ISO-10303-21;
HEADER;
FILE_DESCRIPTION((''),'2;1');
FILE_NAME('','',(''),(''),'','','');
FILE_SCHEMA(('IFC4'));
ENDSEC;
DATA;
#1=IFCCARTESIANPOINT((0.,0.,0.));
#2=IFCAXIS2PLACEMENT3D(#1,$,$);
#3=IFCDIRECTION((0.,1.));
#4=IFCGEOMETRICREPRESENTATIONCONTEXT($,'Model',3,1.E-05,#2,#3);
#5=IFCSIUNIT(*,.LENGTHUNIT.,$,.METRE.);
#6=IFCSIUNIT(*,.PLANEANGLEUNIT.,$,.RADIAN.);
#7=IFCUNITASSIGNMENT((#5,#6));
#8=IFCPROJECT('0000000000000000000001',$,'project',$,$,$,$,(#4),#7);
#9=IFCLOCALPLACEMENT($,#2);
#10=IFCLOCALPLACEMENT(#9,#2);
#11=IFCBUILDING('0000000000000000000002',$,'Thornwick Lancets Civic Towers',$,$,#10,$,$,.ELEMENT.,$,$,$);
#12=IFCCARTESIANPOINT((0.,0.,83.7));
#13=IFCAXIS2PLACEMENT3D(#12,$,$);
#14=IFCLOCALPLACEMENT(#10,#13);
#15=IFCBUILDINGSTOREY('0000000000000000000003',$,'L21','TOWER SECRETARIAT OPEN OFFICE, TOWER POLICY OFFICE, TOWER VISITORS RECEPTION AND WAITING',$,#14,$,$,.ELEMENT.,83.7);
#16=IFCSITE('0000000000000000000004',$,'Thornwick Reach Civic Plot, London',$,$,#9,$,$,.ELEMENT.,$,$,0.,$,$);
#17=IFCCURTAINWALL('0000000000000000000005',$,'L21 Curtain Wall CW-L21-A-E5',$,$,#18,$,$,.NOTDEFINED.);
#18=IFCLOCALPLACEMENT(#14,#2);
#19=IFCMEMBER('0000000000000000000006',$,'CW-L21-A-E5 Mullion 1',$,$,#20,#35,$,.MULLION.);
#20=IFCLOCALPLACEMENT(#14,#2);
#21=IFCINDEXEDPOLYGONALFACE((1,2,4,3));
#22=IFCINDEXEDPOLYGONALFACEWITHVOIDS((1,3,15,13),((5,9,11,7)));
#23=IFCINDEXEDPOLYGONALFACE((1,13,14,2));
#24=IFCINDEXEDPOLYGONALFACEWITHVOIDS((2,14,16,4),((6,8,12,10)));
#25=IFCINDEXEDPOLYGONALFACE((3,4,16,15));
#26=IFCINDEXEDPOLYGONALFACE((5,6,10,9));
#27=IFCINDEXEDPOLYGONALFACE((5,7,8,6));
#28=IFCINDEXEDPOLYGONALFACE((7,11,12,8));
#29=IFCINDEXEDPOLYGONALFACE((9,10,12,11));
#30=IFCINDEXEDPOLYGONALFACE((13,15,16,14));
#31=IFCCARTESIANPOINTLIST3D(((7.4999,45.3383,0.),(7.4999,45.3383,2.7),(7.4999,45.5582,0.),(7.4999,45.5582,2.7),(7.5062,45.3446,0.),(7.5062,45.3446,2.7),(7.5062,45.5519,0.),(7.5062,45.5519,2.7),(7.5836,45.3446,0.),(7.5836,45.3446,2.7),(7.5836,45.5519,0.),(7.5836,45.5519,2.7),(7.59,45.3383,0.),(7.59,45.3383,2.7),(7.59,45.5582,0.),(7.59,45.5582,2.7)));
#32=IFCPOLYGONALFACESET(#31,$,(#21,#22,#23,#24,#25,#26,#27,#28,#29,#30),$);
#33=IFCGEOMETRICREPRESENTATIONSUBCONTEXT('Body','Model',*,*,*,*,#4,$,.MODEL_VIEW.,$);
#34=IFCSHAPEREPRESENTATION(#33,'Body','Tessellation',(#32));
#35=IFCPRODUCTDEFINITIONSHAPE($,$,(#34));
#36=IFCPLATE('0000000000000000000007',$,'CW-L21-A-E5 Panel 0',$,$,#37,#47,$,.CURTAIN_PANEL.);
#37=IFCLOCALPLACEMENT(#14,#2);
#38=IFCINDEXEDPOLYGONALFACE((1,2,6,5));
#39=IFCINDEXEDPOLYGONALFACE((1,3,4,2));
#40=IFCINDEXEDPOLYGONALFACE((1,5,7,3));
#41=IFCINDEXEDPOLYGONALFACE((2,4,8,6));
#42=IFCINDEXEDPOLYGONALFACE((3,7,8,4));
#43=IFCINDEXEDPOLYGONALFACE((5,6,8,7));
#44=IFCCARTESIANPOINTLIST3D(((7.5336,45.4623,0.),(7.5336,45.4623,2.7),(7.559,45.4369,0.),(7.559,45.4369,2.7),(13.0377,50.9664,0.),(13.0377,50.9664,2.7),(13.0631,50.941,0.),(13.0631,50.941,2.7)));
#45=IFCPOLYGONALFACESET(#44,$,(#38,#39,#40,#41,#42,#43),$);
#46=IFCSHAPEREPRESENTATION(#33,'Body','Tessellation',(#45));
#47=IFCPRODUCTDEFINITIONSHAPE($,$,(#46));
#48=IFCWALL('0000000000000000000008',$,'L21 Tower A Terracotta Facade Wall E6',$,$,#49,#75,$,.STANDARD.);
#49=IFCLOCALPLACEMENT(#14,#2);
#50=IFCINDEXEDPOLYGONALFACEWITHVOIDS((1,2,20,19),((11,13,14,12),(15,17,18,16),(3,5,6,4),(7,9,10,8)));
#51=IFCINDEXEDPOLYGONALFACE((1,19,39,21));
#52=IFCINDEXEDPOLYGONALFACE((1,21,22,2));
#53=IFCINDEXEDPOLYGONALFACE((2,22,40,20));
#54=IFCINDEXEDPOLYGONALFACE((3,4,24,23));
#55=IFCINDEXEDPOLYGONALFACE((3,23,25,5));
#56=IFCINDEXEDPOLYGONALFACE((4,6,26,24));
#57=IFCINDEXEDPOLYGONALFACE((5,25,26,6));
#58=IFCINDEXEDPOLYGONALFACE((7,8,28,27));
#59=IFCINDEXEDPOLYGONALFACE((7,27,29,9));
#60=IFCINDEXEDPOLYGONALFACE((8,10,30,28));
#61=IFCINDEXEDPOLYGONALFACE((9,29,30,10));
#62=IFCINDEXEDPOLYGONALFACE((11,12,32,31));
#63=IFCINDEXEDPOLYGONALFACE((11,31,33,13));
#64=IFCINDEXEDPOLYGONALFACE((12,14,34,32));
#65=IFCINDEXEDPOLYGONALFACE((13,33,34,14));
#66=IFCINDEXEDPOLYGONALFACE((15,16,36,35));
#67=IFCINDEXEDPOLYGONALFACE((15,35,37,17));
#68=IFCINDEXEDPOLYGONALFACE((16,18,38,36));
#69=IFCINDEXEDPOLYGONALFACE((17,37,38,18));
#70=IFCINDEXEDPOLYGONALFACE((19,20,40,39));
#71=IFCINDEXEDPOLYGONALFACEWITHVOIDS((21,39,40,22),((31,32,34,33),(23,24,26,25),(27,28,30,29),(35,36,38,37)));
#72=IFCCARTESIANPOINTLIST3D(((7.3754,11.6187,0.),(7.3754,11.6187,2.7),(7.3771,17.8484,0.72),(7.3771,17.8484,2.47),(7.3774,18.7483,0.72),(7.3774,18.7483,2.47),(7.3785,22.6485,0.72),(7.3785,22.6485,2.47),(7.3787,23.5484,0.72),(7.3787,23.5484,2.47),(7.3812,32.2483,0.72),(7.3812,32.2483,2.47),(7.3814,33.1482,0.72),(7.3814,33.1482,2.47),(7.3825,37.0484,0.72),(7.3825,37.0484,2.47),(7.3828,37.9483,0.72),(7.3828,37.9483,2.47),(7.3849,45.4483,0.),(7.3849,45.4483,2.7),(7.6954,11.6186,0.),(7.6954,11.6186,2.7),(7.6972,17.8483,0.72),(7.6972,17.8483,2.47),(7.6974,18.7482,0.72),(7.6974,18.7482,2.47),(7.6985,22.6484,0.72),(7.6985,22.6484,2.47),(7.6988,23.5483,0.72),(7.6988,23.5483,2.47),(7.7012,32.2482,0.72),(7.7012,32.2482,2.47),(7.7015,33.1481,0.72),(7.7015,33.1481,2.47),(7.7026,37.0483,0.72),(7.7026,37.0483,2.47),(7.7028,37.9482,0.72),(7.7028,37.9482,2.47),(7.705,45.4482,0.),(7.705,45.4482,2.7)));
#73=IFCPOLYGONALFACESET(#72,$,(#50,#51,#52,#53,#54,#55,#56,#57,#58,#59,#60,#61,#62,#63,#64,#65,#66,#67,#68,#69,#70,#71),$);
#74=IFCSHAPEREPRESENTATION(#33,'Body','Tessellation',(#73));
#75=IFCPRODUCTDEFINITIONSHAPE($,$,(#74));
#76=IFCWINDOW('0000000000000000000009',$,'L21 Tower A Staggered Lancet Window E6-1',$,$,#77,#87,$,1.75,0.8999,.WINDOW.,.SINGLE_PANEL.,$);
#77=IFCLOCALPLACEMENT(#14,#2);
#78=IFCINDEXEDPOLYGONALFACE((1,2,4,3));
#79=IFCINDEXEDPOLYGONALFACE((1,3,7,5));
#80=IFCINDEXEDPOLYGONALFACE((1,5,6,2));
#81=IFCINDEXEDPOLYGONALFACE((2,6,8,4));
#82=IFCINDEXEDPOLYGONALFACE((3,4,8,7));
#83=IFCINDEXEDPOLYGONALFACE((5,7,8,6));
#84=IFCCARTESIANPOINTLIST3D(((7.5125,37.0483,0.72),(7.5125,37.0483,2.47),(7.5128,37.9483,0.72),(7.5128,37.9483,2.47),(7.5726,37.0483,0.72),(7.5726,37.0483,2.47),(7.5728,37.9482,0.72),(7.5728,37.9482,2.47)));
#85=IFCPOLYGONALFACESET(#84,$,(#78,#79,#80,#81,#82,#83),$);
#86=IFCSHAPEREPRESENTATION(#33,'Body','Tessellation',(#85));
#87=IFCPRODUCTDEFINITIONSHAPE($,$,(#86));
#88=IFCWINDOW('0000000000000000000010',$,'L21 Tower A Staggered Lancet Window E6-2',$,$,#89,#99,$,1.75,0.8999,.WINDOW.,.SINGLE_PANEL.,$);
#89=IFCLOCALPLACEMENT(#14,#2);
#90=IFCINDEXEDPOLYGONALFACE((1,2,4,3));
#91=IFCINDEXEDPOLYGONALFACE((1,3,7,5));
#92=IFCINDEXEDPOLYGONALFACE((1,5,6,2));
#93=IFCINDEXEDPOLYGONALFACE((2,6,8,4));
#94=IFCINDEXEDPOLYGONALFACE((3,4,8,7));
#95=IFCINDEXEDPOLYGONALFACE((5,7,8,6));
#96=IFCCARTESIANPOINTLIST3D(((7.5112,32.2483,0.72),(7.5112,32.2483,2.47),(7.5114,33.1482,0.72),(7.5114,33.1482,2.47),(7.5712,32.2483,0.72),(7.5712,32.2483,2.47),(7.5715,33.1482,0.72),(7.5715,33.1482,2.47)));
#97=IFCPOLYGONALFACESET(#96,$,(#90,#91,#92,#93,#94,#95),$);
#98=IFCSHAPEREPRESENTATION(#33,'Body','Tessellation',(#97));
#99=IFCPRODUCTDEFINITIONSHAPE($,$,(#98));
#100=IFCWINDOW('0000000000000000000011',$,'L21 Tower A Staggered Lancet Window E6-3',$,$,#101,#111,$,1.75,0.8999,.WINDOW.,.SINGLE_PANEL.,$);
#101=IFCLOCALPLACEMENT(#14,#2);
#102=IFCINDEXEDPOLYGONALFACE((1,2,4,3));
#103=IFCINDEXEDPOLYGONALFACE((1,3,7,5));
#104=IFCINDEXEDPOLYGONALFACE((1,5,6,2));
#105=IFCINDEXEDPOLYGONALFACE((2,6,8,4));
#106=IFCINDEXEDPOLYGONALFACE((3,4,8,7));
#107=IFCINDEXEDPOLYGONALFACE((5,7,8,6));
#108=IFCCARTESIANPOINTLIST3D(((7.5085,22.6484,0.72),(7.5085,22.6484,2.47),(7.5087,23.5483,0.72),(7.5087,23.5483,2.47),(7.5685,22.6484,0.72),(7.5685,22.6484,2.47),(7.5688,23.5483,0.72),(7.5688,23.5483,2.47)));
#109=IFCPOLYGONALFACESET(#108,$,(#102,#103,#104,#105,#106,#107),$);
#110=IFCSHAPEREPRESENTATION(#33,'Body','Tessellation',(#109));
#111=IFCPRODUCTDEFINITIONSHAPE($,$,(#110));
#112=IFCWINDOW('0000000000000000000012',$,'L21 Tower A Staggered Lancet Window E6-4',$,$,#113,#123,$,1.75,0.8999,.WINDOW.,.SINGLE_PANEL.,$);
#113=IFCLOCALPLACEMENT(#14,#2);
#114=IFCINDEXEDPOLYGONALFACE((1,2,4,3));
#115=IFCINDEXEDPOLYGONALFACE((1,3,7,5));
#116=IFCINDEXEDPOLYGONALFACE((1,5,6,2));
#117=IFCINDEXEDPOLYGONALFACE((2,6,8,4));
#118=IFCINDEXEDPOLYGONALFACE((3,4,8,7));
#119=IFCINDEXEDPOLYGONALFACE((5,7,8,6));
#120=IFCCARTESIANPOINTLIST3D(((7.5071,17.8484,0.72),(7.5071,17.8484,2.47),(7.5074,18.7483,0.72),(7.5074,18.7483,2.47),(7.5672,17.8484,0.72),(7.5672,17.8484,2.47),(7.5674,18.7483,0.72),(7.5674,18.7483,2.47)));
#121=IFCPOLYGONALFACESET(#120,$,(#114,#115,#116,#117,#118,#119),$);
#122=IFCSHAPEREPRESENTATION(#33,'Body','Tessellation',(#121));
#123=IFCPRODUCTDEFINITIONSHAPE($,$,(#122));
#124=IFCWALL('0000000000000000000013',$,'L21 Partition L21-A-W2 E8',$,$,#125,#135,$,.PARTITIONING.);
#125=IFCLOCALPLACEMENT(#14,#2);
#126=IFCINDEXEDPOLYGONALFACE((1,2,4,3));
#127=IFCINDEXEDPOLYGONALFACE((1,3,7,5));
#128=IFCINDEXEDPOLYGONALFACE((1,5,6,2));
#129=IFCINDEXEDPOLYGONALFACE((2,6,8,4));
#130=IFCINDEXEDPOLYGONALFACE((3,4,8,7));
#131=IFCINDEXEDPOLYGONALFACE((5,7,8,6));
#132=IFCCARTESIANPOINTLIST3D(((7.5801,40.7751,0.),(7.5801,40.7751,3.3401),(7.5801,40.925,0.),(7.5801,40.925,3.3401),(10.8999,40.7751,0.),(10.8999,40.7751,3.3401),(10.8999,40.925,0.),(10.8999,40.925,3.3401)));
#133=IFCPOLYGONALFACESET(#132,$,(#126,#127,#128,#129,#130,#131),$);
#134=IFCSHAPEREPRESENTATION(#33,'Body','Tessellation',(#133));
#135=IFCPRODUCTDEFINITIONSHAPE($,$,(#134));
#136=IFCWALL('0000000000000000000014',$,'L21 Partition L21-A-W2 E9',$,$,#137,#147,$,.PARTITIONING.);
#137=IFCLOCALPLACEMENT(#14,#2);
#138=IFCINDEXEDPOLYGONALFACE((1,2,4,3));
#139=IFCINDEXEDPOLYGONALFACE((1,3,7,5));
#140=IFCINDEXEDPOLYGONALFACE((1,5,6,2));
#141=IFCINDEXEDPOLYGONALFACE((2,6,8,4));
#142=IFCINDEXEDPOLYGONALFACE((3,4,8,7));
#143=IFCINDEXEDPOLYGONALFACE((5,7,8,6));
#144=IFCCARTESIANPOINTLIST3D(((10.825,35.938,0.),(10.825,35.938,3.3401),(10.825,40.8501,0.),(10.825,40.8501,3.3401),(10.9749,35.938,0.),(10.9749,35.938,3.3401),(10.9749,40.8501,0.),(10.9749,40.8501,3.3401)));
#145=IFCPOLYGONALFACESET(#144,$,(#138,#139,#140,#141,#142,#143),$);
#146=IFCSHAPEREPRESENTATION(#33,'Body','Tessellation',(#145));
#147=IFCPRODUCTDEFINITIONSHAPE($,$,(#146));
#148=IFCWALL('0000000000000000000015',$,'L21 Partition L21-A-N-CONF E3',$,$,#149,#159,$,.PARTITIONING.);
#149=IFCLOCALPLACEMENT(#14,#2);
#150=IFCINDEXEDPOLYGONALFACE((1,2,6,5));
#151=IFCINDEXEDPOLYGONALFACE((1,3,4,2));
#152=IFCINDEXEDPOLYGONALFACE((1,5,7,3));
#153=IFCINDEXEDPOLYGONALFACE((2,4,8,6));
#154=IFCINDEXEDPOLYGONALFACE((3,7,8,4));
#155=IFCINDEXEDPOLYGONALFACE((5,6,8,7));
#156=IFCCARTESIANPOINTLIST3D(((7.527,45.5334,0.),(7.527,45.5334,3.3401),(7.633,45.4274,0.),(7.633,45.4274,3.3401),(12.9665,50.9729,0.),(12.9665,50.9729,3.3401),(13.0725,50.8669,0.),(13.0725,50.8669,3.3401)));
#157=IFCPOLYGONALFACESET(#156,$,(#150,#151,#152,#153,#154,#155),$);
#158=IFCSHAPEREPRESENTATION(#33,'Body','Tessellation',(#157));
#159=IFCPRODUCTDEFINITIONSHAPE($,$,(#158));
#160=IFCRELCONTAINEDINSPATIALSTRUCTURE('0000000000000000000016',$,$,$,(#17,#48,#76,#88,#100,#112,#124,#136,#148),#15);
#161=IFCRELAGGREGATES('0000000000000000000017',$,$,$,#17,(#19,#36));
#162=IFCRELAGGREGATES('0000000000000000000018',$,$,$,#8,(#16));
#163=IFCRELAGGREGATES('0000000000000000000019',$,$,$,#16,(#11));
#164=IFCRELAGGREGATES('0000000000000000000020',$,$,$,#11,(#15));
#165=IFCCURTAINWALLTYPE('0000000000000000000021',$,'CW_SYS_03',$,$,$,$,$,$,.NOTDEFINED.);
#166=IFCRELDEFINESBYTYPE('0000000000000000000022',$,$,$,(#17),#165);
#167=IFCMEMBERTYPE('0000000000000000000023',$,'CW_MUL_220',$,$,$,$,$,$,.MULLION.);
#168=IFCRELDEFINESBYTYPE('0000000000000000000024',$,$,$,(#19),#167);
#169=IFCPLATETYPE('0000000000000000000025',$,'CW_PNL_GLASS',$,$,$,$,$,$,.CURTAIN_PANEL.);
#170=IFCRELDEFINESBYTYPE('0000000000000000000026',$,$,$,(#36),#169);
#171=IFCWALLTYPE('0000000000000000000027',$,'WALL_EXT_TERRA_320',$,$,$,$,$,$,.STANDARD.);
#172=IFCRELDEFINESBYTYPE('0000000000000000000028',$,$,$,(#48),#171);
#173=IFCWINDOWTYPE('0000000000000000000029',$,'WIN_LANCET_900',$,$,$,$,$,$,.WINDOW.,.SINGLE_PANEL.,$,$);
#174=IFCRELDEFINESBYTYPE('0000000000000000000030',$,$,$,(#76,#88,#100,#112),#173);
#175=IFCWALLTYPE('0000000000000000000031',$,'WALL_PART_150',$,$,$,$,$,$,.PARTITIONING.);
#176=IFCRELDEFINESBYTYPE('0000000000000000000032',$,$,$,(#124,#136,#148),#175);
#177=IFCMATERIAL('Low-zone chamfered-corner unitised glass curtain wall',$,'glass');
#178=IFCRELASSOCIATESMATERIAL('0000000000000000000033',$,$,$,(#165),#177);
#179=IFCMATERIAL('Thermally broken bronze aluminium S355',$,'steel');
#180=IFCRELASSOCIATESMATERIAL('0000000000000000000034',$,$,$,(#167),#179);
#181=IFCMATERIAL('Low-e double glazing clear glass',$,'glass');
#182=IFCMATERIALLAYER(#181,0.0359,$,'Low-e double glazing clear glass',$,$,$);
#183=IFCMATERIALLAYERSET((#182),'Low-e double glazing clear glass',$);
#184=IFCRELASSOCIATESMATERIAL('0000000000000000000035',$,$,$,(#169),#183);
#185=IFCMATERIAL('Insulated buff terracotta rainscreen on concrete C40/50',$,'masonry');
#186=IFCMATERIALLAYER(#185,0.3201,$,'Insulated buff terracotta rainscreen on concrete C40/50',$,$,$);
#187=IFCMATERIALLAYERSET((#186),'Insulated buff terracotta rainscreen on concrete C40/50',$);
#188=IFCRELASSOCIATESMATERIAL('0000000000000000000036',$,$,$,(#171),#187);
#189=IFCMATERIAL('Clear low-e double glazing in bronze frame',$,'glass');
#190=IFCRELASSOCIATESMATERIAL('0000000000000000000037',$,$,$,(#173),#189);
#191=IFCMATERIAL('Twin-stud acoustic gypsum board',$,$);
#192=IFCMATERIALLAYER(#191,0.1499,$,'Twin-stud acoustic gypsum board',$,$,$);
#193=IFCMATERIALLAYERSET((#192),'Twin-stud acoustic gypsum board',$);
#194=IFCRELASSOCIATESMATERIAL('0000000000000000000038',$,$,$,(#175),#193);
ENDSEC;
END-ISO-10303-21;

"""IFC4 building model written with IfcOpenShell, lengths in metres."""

from ifc_helpers import new_model, si_unit, direction, frame, frame_2d, origin, origin_2d, place, context, subcontext, project, spatial, rectangle, hollow_rectangle, extrude, material, layer, layer_set, material_profile, profile_set, type_object, element, fill, aggregate, save


model = new_model("IFC4")

# Units and contexts
model_context = context("Model", 3, precision=1e-05, world=origin(), true_north=direction((0.0, 1.0)))
body_context = subcontext(model_context, "Body", "Model", "MODEL_VIEW")
ifc_project = project(units=[si_unit("LENGTHUNIT", "METRE"), si_unit("PLANEANGLEUNIT", "RADIAN")], contexts=[model_context])

# Site, building, storey
site_placement = place(None, origin())
site = spatial("IfcSite", under=ifc_project, at=site_placement, Name="Thornwick Reach Civic Plot, London", CompositionType="ELEMENT", RefElevation=0.0)
building_placement = place(site_placement, origin())
building = spatial("IfcBuilding", under=site, at=building_placement, Name="Thornwick Lancets Civic Towers", CompositionType="ELEMENT")
storey_placement = place(building_placement, frame((0.0, 0.0, 83.7)))
storey = spatial("IfcBuildingStorey", under=building, at=storey_placement, Name="L21", Description="TOWER SECRETARIAT OPEN OFFICE, TOWER POLICY OFFICE, TOWER VISITORS RECEPTION AND WAITING", CompositionType="ELEMENT", Elevation=83.7)

# Curtain wall, member, plate
ifc_material_1 = material(Name="Low-zone chamfered-corner unitised glass curtain wall", Category="glass")
curtain_wall_type = type_object("IfcCurtainWallType", Name="CW_SYS_03", PredefinedType="NOTDEFINED", material=ifc_material_1)
curtain_wall_placement = place(storey_placement, origin())
curtain_wall = element("IfcCurtainWall", 1, at=curtain_wall_placement, inside=storey, type_object=curtain_wall_type, Name="L21 Curtain Wall CW-L21-A-E5", PredefinedType="NOTDEFINED")
ifc_material_2 = material(Name="Thermally broken bronze aluminium S355", Category="steel")
ifc_material_profile_1 = material_profile(ifc_material_2, hollow_rectangle(XDim=0.0901, YDim=0.22, WallThickness=0.0063, at=origin_2d()), Name="RHS 220x90x6.3")
ifc_profile_set_1 = profile_set([ifc_material_profile_1], Name="Thermally broken bronze aluminium S355")
member_type = type_object("IfcMemberType", Name="CW_MUL_220", PredefinedType="MULLION", material=ifc_profile_set_1)
member_placement = place(storey_placement, frame((7.5449, 45.4482, 0.0), z_axis=(0.0, 0.0, 1.0), x_axis=(1.0, 0.0, 0.0)))
member = element("IfcMember", 2, at=member_placement, type_object=member_type, Name="CW-L21-A-E5 Mullion 1", PredefinedType="MULLION", context=body_context, shape_type="SweptSolid", body=[
    extrude(hollow_rectangle(XDim=0.0901, YDim=0.22, WallThickness=0.0063, at=origin_2d()), origin(), (0.0, 0.0, 1.0), 2.7),
])
ifc_material_3 = material(Name="Low-e double glazing clear glass", Category="glass")
ifc_layer_1 = layer(ifc_material_3, 0.0359, Name="Low-e double glazing clear glass")
ifc_layer_set_1 = layer_set([ifc_layer_1], Name="Low-e double glazing clear glass")
plate_type = type_object("IfcPlateType", Name="CW_PNL_GLASS", PredefinedType="CURTAIN_PANEL", material=ifc_layer_set_1)
plate_placement = place(storey_placement, frame((10.2983, 48.2017, 0.0), z_axis=(0.0, 0.0, 1.0), x_axis=(-0.707107, -0.707107, 0.0)))
plate = element("IfcPlate", 3, at=plate_placement, type_object=plate_type, Name="CW-L21-A-E5 Panel 0", PredefinedType="CURTAIN_PANEL", context=body_context, shape_type="SweptSolid", body=[
    extrude(rectangle(XDim=7.7839, YDim=0.0359, at=origin_2d()), origin(), (0.0, 0.0, 1.0), 2.7),
])
aggregate(curtain_wall, [member, plate])

# Wall, openings, windows
ifc_material_4 = material(Name="Insulated buff terracotta rainscreen on concrete C40/50", Category="masonry")
ifc_layer_2 = layer(ifc_material_4, 0.3201, Name="Insulated buff terracotta rainscreen on concrete C40/50")
ifc_layer_set_2 = layer_set([ifc_layer_2], Name="Insulated buff terracotta rainscreen on concrete C40/50")
wall_type_1 = type_object("IfcWallType", Name="WALL_EXT_TERRA_320", PredefinedType="STANDARD", material=ifc_layer_set_2)
wall_1_placement = place(storey_placement, frame((7.5449, 45.4482, 0.0), z_axis=(0.0, 0.0, 1.0), x_axis=(-0.000281, -1.0, 0.0)))
wall_1 = element("IfcWall", 4, at=wall_1_placement, inside=storey, type_object=wall_type_1, Name="L21 Tower A Terracotta Facade Wall E6", PredefinedType="STANDARD", context=body_context, shape_type="SweptSolid", body=[
    extrude(rectangle(XDim=33.8296, YDim=0.3201, at=frame_2d((16.9148, 0.0))), origin(), (0.0, 0.0, 1.0), 2.7),
])
opening_1_placement = place(wall_1_placement, frame((7.5, 0.0, 0.72)))
opening_1 = element("IfcOpeningElement", 5, at=opening_1_placement, cuts=wall_1, PredefinedType="OPENING", context=body_context, shape_type="SweptSolid", body=[
    extrude(rectangle(XDim=0.8999, YDim=1.75, at=frame_2d((0.45, 0.875))), frame((0.0, 0.1699, 0.0), z_axis=(0.0, -1.0, 0.0), x_axis=(1.0, 0.0, 0.0)), (0.0, 0.0, 1.0), 0.3401),
])
opening_2_placement = place(wall_1_placement, frame((12.3, 0.0, 0.72)))
opening_2 = element("IfcOpeningElement", 6, at=opening_2_placement, cuts=wall_1, PredefinedType="OPENING", context=body_context, shape_type="SweptSolid", body=[
    extrude(rectangle(XDim=0.8999, YDim=1.75, at=frame_2d((0.45, 0.875))), frame((0.0, 0.1699, 0.0), z_axis=(0.0, -1.0, 0.0), x_axis=(1.0, 0.0, 0.0)), (0.0, 0.0, 1.0), 0.3401),
])
opening_3_placement = place(wall_1_placement, frame((21.8999, 0.0, 0.72)))
opening_3 = element("IfcOpeningElement", 7, at=opening_3_placement, cuts=wall_1, PredefinedType="OPENING", context=body_context, shape_type="SweptSolid", body=[
    extrude(rectangle(XDim=0.8999, YDim=1.75, at=frame_2d((0.45, 0.875))), frame((0.0, 0.1699, 0.0), z_axis=(0.0, -1.0, 0.0), x_axis=(1.0, 0.0, 0.0)), (0.0, 0.0, 1.0), 0.3401),
])
opening_4_placement = place(wall_1_placement, frame((26.7, 0.0, 0.72)))
opening_4 = element("IfcOpeningElement", 8, at=opening_4_placement, cuts=wall_1, PredefinedType="OPENING", context=body_context, shape_type="SweptSolid", body=[
    extrude(rectangle(XDim=0.8999, YDim=1.75, at=frame_2d((0.45, 0.875))), frame((0.0, 0.1699, 0.0), z_axis=(0.0, -1.0, 0.0), x_axis=(1.0, 0.0, 0.0)), (0.0, 0.0, 1.0), 0.3401),
])
ifc_material_5 = material(Name="Clear low-e double glazing in bronze frame", Category="glass")
window_type = type_object("IfcWindowType", Name="WIN_LANCET_900", PartitioningType="SINGLE_PANEL", PredefinedType="WINDOW", material=ifc_material_5)
window_1_placement = place(opening_1_placement, origin())
window_1 = element("IfcWindow", 9, at=window_1_placement, inside=storey, type_object=window_type, Name="L21 Tower A Staggered Lancet Window E6-1", OverallHeight=1.75, OverallWidth=0.8999, PartitioningType="SINGLE_PANEL", PredefinedType="WINDOW", context=body_context, shape_type="SweptSolid", body=[
    extrude(rectangle(XDim=0.8999, YDim=1.75, at=frame_2d((0.45, 0.875))), frame((0.0, 0.03, 0.0), z_axis=(0.0, -1.0, 0.0), x_axis=(1.0, 0.0, 0.0)), (0.0, 0.0, 1.0), 0.0601),
])
fill(opening_1, window_1)
window_2_placement = place(opening_2_placement, origin())
window_2 = element("IfcWindow", 10, at=window_2_placement, inside=storey, type_object=window_type, Name="L21 Tower A Staggered Lancet Window E6-2", OverallHeight=1.75, OverallWidth=0.8999, PartitioningType="SINGLE_PANEL", PredefinedType="WINDOW", context=body_context, shape_type="SweptSolid", body=[
    extrude(rectangle(XDim=0.8999, YDim=1.75, at=frame_2d((0.45, 0.875))), frame((0.0, 0.03, 0.0), z_axis=(0.0, -1.0, 0.0), x_axis=(1.0, 0.0, 0.0)), (0.0, 0.0, 1.0), 0.0601),
])
fill(opening_2, window_2)
window_3_placement = place(opening_3_placement, origin())
window_3 = element("IfcWindow", 11, at=window_3_placement, inside=storey, type_object=window_type, Name="L21 Tower A Staggered Lancet Window E6-3", OverallHeight=1.75, OverallWidth=0.8999, PartitioningType="SINGLE_PANEL", PredefinedType="WINDOW", context=body_context, shape_type="SweptSolid", body=[
    extrude(rectangle(XDim=0.8999, YDim=1.75, at=frame_2d((0.45, 0.875))), frame((0.0, 0.03, 0.0), z_axis=(0.0, -1.0, 0.0), x_axis=(1.0, 0.0, 0.0)), (0.0, 0.0, 1.0), 0.0601),
])
fill(opening_3, window_3)
window_4_placement = place(opening_4_placement, origin())
window_4 = element("IfcWindow", 12, at=window_4_placement, inside=storey, type_object=window_type, Name="L21 Tower A Staggered Lancet Window E6-4", OverallHeight=1.75, OverallWidth=0.8999, PartitioningType="SINGLE_PANEL", PredefinedType="WINDOW", context=body_context, shape_type="SweptSolid", body=[
    extrude(rectangle(XDim=0.8999, YDim=1.75, at=frame_2d((0.45, 0.875))), frame((0.0, 0.03, 0.0), z_axis=(0.0, -1.0, 0.0), x_axis=(1.0, 0.0, 0.0)), (0.0, 0.0, 1.0), 0.0601),
])
fill(opening_4, window_4)

# Walls
ifc_material_6 = material(Name="Twin-stud acoustic gypsum board")
ifc_layer_3 = layer(ifc_material_6, 0.1499, Name="Twin-stud acoustic gypsum board")
ifc_layer_set_3 = layer_set([ifc_layer_3], Name="Twin-stud acoustic gypsum board")
wall_type_2 = type_object("IfcWallType", Name="WALL_PART_150", PredefinedType="PARTITIONING", material=ifc_layer_set_3)
wall_2_placement = place(storey_placement, frame((7.5801, 40.8501, 0.0), z_axis=(0.0, 0.0, 1.0), x_axis=(1.0, 0.0, 0.0)))
element("IfcWall", 13, at=wall_2_placement, inside=storey, type_object=wall_type_2, Name="L21 Partition L21-A-W2 E8", PredefinedType="PARTITIONING", context=body_context, shape_type="SweptSolid", body=[
    extrude(rectangle(XDim=3.3198, YDim=0.1499, at=frame_2d((1.6599, 0.0))), origin(), (0.0, 0.0, 1.0), 3.3401),
])
wall_3_placement = place(storey_placement, frame((10.8999, 40.8501, 0.0), z_axis=(0.0, 0.0, 1.0), x_axis=(0.0, -1.0, 0.0)))
element("IfcWall", 14, at=wall_3_placement, inside=storey, type_object=wall_type_2, Name="L21 Partition L21-A-W2 E9", PredefinedType="PARTITIONING", context=body_context, shape_type="SweptSolid", body=[
    extrude(rectangle(XDim=4.9121, YDim=0.1499, at=frame_2d((2.4561, 0.0))), origin(), (0.0, 0.0, 1.0), 3.3401),
])
wall_4_placement = place(storey_placement, frame((7.5801, 45.4805, 0.0), z_axis=(0.0, 0.0, 1.0), x_axis=(0.707107, 0.707107, 0.0)))
element("IfcWall", 15, at=wall_4_placement, inside=storey, type_object=wall_type_2, Name="L21 Partition L21-A-N-CONF E3", PredefinedType="PARTITIONING", context=body_context, shape_type="SweptSolid", body=[
    extrude(rectangle(XDim=7.6926, YDim=0.1499, at=frame_2d((3.8462, 0.0))), origin(), (0.0, 0.0, 1.0), 3.3401),
])

save(model, "model.ifc")
